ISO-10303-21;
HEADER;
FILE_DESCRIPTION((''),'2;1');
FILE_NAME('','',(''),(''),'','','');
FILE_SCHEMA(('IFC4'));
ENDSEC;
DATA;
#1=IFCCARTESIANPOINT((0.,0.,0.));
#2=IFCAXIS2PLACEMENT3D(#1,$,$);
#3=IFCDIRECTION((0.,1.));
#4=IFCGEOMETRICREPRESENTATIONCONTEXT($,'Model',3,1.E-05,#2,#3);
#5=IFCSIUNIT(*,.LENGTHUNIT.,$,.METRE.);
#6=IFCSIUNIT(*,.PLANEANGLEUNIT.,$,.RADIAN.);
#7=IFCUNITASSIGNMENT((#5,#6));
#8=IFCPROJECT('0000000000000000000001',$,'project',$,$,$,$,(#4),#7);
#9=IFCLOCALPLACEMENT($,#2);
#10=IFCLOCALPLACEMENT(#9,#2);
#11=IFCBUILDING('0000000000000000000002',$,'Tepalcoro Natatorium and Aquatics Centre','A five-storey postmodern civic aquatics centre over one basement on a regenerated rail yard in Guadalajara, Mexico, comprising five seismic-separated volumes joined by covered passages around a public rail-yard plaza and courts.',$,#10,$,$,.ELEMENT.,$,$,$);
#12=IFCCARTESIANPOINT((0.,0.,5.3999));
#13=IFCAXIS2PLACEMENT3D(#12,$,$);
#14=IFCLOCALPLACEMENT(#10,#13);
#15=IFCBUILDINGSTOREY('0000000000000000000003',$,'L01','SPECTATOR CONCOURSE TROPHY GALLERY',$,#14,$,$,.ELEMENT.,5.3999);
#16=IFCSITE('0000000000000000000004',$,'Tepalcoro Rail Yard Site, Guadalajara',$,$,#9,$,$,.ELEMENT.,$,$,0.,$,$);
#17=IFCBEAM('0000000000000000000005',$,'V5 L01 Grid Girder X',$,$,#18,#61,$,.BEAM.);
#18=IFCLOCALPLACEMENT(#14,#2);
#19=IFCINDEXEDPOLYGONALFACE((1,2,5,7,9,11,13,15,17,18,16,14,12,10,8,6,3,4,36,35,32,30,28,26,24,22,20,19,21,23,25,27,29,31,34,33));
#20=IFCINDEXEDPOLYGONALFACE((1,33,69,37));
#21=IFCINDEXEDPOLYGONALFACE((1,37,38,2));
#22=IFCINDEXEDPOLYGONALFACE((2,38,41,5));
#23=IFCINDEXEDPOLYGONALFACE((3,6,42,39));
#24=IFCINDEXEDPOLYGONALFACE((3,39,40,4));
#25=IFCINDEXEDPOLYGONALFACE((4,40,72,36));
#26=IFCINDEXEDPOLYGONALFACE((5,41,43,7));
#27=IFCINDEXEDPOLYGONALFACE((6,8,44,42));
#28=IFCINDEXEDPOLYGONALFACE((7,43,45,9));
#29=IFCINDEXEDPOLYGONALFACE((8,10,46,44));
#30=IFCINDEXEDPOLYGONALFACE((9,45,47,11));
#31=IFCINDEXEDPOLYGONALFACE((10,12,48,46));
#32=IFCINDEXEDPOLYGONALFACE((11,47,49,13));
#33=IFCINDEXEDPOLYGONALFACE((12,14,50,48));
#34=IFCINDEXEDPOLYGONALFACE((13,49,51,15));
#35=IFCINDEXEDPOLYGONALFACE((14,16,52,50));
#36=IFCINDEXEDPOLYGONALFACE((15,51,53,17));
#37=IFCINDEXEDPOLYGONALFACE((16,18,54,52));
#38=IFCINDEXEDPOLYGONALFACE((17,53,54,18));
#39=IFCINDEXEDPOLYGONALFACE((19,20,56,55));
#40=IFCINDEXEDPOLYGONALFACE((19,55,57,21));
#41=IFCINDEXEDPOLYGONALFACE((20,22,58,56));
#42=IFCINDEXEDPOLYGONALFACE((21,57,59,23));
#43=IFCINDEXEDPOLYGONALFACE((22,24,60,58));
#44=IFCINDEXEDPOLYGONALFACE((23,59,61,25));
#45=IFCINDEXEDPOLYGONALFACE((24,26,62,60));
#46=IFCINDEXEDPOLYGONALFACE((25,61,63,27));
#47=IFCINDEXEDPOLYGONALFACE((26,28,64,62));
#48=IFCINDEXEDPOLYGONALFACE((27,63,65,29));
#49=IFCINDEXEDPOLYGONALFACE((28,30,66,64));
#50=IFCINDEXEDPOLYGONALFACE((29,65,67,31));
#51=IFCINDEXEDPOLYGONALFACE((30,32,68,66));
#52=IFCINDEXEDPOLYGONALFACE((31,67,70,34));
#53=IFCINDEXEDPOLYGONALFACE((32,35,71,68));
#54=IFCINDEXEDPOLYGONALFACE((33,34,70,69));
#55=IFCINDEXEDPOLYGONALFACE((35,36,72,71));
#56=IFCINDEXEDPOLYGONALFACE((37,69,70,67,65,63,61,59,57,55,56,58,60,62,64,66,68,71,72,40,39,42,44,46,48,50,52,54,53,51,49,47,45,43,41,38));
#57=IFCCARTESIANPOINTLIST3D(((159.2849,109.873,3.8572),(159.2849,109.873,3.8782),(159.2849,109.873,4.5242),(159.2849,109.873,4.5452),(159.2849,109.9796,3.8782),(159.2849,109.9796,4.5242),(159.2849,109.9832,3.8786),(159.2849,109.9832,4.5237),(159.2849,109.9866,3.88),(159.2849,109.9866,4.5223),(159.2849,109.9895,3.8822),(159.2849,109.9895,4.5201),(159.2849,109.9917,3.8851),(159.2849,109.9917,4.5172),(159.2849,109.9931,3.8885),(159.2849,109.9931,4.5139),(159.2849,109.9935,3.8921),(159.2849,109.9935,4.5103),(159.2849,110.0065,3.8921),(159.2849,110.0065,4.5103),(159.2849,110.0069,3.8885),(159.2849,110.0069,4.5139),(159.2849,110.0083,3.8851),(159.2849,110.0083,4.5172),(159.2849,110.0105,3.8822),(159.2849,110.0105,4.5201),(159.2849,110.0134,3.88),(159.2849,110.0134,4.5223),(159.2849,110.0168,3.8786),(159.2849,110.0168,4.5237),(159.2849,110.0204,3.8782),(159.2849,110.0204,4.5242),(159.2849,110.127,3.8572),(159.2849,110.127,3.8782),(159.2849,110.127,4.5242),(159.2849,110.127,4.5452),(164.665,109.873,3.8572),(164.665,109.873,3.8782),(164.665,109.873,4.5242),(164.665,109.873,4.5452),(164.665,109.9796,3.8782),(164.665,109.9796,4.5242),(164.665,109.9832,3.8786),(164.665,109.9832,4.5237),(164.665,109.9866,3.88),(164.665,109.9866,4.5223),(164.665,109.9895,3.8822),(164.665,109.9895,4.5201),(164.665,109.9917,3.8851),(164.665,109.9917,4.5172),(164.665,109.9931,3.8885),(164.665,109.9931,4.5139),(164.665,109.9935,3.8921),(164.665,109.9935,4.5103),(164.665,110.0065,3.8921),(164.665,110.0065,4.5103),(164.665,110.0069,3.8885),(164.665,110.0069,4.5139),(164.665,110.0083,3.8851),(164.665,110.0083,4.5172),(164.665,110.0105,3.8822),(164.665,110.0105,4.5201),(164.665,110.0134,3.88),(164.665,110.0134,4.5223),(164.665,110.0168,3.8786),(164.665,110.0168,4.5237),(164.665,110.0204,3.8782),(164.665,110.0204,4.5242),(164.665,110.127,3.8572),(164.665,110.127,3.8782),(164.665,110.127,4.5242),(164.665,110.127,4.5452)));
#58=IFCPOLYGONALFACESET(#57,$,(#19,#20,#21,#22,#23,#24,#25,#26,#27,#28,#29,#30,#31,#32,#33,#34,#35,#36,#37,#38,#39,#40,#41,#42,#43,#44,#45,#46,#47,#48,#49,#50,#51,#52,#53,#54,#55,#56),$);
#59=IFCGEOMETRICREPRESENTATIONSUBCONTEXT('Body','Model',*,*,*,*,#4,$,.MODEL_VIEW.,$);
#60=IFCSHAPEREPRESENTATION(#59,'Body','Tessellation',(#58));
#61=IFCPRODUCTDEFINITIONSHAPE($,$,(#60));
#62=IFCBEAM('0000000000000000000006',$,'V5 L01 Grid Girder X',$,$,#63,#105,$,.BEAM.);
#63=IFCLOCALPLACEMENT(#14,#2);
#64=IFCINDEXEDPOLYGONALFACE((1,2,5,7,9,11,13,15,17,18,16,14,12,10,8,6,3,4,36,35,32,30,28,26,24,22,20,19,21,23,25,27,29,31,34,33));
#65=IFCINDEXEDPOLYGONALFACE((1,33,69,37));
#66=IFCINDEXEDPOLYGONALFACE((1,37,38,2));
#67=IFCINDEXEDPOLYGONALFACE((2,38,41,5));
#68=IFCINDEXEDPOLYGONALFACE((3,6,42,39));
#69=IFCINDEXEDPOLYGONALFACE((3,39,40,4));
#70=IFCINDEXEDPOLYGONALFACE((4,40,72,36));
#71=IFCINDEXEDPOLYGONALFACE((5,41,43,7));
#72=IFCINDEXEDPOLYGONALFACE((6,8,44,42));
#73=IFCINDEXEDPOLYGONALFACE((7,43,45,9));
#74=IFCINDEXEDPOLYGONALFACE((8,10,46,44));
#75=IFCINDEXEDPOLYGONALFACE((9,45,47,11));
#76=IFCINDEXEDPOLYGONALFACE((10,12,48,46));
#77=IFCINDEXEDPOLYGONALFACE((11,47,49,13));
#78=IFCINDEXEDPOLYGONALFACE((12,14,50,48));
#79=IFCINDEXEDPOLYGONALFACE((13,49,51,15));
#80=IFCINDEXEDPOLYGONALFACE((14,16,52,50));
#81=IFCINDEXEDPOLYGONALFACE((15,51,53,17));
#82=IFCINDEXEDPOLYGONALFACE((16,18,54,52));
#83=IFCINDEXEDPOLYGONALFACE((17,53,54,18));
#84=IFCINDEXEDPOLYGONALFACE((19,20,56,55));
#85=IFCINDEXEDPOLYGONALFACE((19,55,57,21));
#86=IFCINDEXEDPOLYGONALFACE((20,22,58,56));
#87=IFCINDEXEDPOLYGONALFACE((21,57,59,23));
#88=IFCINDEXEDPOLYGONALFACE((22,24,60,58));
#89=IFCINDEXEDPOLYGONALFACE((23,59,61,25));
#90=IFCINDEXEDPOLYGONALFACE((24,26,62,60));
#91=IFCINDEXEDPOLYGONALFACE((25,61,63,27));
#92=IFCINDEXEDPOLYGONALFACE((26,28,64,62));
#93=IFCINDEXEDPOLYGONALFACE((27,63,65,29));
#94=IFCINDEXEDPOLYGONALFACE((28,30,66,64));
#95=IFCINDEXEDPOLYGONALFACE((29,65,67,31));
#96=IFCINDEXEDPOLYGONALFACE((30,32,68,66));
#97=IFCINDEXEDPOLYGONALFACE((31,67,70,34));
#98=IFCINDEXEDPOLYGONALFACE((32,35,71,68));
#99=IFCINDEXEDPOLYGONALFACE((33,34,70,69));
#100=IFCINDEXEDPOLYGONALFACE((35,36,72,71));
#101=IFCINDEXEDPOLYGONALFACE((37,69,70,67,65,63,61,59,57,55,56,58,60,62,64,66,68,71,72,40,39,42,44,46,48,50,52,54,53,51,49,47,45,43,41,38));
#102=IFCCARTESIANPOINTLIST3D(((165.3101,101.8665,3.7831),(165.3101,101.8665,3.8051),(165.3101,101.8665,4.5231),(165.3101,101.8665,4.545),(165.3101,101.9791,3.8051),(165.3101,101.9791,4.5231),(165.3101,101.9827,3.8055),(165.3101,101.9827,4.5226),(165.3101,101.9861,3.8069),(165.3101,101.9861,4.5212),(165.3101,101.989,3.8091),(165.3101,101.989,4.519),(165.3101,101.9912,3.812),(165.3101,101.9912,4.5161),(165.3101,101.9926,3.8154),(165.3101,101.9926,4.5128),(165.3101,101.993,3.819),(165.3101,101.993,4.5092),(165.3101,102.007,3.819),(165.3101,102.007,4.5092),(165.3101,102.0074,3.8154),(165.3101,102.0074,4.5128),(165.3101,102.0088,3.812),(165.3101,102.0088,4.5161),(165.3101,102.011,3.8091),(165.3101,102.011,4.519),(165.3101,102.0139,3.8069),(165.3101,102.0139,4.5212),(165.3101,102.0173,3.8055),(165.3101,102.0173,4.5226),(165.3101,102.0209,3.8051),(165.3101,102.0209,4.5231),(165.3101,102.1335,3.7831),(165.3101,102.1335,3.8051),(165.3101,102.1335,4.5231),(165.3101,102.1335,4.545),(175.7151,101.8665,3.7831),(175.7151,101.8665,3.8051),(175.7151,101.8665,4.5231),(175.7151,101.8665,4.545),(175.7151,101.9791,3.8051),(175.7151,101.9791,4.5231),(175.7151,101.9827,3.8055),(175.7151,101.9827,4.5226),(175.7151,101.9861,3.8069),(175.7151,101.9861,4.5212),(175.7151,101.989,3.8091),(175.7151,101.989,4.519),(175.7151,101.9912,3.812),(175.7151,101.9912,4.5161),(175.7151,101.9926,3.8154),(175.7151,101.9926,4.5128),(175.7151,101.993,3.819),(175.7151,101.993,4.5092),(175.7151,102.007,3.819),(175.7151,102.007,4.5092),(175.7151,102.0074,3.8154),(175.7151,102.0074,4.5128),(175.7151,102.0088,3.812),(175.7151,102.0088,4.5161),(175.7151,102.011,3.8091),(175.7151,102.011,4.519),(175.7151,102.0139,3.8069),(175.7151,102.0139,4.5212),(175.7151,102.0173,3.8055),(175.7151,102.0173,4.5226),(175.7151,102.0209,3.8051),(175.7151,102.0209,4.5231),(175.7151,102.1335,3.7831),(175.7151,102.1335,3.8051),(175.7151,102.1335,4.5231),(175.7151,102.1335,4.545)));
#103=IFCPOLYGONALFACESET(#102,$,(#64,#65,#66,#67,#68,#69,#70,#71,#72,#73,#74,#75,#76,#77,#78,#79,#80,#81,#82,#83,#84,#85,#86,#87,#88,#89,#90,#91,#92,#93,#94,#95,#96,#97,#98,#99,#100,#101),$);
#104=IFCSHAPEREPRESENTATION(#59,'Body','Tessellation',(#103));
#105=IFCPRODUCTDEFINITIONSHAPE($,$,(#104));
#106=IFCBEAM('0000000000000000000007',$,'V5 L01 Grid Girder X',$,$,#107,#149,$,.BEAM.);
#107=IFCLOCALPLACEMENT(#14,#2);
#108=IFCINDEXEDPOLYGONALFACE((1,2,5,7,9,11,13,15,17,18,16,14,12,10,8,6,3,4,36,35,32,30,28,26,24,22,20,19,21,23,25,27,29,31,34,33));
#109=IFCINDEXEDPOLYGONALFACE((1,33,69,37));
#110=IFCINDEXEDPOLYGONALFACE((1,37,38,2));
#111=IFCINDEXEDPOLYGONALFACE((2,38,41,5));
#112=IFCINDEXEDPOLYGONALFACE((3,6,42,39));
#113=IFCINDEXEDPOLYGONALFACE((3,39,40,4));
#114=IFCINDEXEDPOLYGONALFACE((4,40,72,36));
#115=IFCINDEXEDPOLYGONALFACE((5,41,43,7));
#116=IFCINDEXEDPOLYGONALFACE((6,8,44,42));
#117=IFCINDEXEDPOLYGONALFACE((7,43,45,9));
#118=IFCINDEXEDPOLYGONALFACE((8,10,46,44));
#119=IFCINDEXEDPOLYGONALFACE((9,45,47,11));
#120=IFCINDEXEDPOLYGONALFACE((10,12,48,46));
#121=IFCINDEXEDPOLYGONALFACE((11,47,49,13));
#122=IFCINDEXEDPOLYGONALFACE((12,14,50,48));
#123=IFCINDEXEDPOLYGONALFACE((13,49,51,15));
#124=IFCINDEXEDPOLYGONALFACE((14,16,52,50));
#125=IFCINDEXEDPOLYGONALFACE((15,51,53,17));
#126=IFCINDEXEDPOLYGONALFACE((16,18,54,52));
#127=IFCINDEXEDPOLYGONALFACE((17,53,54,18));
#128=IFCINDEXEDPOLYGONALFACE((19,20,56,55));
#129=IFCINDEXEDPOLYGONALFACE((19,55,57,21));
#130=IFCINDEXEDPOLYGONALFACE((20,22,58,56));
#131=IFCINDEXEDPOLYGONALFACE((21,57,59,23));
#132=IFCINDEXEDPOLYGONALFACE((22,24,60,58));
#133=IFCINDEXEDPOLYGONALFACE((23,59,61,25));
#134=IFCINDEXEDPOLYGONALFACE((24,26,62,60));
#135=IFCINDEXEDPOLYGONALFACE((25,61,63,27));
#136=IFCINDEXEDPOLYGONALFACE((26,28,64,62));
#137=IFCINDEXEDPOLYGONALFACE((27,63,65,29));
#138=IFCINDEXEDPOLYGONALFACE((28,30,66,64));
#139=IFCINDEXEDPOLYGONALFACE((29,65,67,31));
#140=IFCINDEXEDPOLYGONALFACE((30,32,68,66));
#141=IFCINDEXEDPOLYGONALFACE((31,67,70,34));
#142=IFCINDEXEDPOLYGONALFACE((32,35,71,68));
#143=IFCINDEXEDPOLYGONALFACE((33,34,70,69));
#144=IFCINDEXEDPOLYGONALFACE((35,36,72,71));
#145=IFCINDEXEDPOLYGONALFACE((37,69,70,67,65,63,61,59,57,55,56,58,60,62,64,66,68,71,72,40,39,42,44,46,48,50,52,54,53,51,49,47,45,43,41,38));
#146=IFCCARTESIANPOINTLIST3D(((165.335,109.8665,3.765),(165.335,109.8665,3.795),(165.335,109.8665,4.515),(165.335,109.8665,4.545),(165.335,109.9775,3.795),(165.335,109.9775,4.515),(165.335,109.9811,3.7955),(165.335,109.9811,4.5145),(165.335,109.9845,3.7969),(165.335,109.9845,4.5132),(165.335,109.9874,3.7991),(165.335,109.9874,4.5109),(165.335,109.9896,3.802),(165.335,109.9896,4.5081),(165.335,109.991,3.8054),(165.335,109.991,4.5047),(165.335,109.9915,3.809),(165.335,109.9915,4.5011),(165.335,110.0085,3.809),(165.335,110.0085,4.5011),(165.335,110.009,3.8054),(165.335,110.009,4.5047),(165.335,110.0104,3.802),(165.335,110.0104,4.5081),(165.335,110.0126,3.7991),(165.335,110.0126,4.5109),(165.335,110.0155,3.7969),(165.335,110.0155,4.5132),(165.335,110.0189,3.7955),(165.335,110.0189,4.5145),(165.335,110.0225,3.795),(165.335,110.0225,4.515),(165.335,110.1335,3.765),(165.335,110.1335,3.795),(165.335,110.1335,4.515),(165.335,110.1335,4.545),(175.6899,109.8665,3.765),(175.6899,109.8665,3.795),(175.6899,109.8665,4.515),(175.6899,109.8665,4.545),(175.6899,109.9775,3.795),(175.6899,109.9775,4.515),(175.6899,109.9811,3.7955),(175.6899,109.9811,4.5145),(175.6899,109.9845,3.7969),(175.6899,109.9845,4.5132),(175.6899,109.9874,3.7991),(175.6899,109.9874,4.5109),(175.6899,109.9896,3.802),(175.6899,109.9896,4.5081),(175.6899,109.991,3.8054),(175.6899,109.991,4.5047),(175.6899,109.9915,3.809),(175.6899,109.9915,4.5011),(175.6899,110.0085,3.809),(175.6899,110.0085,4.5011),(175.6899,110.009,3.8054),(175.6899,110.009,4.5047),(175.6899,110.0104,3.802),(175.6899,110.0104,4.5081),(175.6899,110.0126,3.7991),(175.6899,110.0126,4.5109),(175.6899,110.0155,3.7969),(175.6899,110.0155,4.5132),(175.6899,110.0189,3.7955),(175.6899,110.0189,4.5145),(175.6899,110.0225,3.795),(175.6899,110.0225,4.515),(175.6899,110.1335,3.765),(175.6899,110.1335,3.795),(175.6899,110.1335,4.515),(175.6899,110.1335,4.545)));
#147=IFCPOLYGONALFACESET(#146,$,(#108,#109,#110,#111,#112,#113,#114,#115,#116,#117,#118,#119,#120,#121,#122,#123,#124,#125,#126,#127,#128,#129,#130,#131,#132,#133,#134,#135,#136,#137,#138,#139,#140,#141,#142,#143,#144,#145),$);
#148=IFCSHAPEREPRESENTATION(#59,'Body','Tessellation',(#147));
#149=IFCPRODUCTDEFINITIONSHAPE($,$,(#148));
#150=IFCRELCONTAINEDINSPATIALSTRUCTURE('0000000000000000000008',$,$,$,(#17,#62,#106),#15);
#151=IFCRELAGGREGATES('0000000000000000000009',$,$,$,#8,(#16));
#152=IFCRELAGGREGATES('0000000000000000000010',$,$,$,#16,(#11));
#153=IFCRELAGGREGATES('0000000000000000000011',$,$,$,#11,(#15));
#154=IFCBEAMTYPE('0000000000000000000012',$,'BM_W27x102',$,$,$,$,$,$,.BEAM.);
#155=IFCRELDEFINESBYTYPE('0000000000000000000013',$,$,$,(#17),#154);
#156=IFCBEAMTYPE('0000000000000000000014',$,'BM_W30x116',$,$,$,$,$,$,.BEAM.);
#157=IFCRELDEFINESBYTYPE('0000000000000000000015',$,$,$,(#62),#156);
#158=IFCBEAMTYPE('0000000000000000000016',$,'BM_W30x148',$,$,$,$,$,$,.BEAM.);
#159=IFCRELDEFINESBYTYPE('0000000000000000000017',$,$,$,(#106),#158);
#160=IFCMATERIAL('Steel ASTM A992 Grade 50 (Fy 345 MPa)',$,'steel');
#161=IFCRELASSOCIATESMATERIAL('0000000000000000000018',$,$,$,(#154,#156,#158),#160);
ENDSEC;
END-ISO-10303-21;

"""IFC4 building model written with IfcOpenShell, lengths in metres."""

from ifc_helpers import new_model, si_unit, direction, frame, origin, origin_2d, place, context, subcontext, project, spatial, i_section, extrude, material, material_profile, profile_set, type_object, element, save


model = new_model("IFC4")

# Units and contexts
model_context = context("Model", 3, precision=1e-05, world=origin(), true_north=direction((0.0, 1.0)))
body_context = subcontext(model_context, "Body", "Model", "MODEL_VIEW")
ifc_project = project(units=[si_unit("LENGTHUNIT", "METRE"), si_unit("PLANEANGLEUNIT", "RADIAN")], contexts=[model_context])

# Site, building, storey
site_placement = place(None, origin())
site = spatial("IfcSite", under=ifc_project, at=site_placement, Name="Tepalcoro Rail Yard Site, Guadalajara", CompositionType="ELEMENT", RefElevation=0.0)
building_placement = place(site_placement, origin())
building = spatial("IfcBuilding", under=site, at=building_placement, Name="Tepalcoro Natatorium and Aquatics Centre", Description="A five-storey postmodern civic aquatics centre over one basement on a regenerated rail yard in Guadalajara, Mexico, comprising five seismic-separated volumes joined by covered passages around a public rail-yard plaza and courts.", CompositionType="ELEMENT")
storey_placement = place(building_placement, frame((0.0, 0.0, 5.3999)))
storey = spatial("IfcBuildingStorey", under=building, at=storey_placement, Name="L01", Description="SPECTATOR CONCOURSE TROPHY GALLERY", CompositionType="ELEMENT", Elevation=5.3999)

# Beams
ifc_material_1 = material(Name="Steel ASTM A992 Grade 50 (Fy 345 MPa)", Category="steel")
ifc_material_profile_1 = material_profile(ifc_material_1, i_section(OverallWidth=0.2539, OverallDepth=0.688, WebThickness=0.0129, FlangeThickness=0.021, FilletRadius=0.0139, at=origin_2d()), Name="W27X102")
ifc_profile_set_1 = profile_set([ifc_material_profile_1], Name="Steel ASTM A992 Grade 50 (Fy 345 MPa)")
beam_type_1 = type_object("IfcBeamType", Name="BM_W27x102", PredefinedType="BEAM", material=ifc_profile_set_1)
beam_1_placement = place(storey_placement, frame((159.2849, 110.0, 4.2012), z_axis=(1.0, 0.0, 0.0), x_axis=(0.0, 1.0, 0.0)))
element("IfcBeam", 1, at=beam_1_placement, inside=storey, type_object=beam_type_1, Name="V5 L01 Grid Girder X", PredefinedType="BEAM", context=body_context, shape_type="SweptSolid", body=[
    extrude(i_section(OverallWidth=0.2539, OverallDepth=0.688, WebThickness=0.0129, FlangeThickness=0.021, FilletRadius=0.0139, at=origin_2d()), origin(), (0.0, 0.0, 1.0), 5.3801),
])
ifc_material_profile_2 = material_profile(ifc_material_1, i_section(OverallWidth=0.2671, OverallDepth=0.762, WebThickness=0.0139, FlangeThickness=0.022, FilletRadius=0.0139, at=origin_2d()), Name="W30X116")
ifc_profile_set_2 = profile_set([ifc_material_profile_2], Name="Steel ASTM A992 Grade 50 (Fy 345 MPa)")
beam_type_2 = type_object("IfcBeamType", Name="BM_W30x116", PredefinedType="BEAM", material=ifc_profile_set_2)
beam_2_placement = place(storey_placement, frame((165.3101, 102.0, 4.1641), z_axis=(1.0, 0.0, 0.0), x_axis=(0.0, 1.0, 0.0)))
element("IfcBeam", 2, at=beam_2_placement, inside=storey, type_object=beam_type_2, Name="V5 L01 Grid Girder X", PredefinedType="BEAM", context=body_context, shape_type="SweptSolid", body=[
    extrude(i_section(OverallWidth=0.2671, OverallDepth=0.762, WebThickness=0.0139, FlangeThickness=0.022, FilletRadius=0.0139, at=origin_2d()), origin(), (0.0, 0.0, 1.0), 10.405),
])
ifc_material_profile_3 = material_profile(ifc_material_1, i_section(OverallWidth=0.2671, OverallDepth=0.78, WebThickness=0.0171, FlangeThickness=0.03, FilletRadius=0.0139, at=origin_2d()), Name="W30X148")
ifc_profile_set_3 = profile_set([ifc_material_profile_3], Name="Steel ASTM A992 Grade 50 (Fy 345 MPa)")
beam_type_3 = type_object("IfcBeamType", Name="BM_W30x148", PredefinedType="BEAM", material=ifc_profile_set_3)
beam_3_placement = place(storey_placement, frame((165.335, 110.0, 4.155), z_axis=(1.0, 0.0, 0.0), x_axis=(0.0, 1.0, 0.0)))
element("IfcBeam", 3, at=beam_3_placement, inside=storey, type_object=beam_type_3, Name="V5 L01 Grid Girder X", PredefinedType="BEAM", context=body_context, shape_type="SweptSolid", body=[
    extrude(i_section(OverallWidth=0.2671, OverallDepth=0.78, WebThickness=0.0171, FlangeThickness=0.03, FilletRadius=0.0139, at=origin_2d()), origin(), (0.0, 0.0, 1.0), 10.355),
])

save(model, "model.ifc")
